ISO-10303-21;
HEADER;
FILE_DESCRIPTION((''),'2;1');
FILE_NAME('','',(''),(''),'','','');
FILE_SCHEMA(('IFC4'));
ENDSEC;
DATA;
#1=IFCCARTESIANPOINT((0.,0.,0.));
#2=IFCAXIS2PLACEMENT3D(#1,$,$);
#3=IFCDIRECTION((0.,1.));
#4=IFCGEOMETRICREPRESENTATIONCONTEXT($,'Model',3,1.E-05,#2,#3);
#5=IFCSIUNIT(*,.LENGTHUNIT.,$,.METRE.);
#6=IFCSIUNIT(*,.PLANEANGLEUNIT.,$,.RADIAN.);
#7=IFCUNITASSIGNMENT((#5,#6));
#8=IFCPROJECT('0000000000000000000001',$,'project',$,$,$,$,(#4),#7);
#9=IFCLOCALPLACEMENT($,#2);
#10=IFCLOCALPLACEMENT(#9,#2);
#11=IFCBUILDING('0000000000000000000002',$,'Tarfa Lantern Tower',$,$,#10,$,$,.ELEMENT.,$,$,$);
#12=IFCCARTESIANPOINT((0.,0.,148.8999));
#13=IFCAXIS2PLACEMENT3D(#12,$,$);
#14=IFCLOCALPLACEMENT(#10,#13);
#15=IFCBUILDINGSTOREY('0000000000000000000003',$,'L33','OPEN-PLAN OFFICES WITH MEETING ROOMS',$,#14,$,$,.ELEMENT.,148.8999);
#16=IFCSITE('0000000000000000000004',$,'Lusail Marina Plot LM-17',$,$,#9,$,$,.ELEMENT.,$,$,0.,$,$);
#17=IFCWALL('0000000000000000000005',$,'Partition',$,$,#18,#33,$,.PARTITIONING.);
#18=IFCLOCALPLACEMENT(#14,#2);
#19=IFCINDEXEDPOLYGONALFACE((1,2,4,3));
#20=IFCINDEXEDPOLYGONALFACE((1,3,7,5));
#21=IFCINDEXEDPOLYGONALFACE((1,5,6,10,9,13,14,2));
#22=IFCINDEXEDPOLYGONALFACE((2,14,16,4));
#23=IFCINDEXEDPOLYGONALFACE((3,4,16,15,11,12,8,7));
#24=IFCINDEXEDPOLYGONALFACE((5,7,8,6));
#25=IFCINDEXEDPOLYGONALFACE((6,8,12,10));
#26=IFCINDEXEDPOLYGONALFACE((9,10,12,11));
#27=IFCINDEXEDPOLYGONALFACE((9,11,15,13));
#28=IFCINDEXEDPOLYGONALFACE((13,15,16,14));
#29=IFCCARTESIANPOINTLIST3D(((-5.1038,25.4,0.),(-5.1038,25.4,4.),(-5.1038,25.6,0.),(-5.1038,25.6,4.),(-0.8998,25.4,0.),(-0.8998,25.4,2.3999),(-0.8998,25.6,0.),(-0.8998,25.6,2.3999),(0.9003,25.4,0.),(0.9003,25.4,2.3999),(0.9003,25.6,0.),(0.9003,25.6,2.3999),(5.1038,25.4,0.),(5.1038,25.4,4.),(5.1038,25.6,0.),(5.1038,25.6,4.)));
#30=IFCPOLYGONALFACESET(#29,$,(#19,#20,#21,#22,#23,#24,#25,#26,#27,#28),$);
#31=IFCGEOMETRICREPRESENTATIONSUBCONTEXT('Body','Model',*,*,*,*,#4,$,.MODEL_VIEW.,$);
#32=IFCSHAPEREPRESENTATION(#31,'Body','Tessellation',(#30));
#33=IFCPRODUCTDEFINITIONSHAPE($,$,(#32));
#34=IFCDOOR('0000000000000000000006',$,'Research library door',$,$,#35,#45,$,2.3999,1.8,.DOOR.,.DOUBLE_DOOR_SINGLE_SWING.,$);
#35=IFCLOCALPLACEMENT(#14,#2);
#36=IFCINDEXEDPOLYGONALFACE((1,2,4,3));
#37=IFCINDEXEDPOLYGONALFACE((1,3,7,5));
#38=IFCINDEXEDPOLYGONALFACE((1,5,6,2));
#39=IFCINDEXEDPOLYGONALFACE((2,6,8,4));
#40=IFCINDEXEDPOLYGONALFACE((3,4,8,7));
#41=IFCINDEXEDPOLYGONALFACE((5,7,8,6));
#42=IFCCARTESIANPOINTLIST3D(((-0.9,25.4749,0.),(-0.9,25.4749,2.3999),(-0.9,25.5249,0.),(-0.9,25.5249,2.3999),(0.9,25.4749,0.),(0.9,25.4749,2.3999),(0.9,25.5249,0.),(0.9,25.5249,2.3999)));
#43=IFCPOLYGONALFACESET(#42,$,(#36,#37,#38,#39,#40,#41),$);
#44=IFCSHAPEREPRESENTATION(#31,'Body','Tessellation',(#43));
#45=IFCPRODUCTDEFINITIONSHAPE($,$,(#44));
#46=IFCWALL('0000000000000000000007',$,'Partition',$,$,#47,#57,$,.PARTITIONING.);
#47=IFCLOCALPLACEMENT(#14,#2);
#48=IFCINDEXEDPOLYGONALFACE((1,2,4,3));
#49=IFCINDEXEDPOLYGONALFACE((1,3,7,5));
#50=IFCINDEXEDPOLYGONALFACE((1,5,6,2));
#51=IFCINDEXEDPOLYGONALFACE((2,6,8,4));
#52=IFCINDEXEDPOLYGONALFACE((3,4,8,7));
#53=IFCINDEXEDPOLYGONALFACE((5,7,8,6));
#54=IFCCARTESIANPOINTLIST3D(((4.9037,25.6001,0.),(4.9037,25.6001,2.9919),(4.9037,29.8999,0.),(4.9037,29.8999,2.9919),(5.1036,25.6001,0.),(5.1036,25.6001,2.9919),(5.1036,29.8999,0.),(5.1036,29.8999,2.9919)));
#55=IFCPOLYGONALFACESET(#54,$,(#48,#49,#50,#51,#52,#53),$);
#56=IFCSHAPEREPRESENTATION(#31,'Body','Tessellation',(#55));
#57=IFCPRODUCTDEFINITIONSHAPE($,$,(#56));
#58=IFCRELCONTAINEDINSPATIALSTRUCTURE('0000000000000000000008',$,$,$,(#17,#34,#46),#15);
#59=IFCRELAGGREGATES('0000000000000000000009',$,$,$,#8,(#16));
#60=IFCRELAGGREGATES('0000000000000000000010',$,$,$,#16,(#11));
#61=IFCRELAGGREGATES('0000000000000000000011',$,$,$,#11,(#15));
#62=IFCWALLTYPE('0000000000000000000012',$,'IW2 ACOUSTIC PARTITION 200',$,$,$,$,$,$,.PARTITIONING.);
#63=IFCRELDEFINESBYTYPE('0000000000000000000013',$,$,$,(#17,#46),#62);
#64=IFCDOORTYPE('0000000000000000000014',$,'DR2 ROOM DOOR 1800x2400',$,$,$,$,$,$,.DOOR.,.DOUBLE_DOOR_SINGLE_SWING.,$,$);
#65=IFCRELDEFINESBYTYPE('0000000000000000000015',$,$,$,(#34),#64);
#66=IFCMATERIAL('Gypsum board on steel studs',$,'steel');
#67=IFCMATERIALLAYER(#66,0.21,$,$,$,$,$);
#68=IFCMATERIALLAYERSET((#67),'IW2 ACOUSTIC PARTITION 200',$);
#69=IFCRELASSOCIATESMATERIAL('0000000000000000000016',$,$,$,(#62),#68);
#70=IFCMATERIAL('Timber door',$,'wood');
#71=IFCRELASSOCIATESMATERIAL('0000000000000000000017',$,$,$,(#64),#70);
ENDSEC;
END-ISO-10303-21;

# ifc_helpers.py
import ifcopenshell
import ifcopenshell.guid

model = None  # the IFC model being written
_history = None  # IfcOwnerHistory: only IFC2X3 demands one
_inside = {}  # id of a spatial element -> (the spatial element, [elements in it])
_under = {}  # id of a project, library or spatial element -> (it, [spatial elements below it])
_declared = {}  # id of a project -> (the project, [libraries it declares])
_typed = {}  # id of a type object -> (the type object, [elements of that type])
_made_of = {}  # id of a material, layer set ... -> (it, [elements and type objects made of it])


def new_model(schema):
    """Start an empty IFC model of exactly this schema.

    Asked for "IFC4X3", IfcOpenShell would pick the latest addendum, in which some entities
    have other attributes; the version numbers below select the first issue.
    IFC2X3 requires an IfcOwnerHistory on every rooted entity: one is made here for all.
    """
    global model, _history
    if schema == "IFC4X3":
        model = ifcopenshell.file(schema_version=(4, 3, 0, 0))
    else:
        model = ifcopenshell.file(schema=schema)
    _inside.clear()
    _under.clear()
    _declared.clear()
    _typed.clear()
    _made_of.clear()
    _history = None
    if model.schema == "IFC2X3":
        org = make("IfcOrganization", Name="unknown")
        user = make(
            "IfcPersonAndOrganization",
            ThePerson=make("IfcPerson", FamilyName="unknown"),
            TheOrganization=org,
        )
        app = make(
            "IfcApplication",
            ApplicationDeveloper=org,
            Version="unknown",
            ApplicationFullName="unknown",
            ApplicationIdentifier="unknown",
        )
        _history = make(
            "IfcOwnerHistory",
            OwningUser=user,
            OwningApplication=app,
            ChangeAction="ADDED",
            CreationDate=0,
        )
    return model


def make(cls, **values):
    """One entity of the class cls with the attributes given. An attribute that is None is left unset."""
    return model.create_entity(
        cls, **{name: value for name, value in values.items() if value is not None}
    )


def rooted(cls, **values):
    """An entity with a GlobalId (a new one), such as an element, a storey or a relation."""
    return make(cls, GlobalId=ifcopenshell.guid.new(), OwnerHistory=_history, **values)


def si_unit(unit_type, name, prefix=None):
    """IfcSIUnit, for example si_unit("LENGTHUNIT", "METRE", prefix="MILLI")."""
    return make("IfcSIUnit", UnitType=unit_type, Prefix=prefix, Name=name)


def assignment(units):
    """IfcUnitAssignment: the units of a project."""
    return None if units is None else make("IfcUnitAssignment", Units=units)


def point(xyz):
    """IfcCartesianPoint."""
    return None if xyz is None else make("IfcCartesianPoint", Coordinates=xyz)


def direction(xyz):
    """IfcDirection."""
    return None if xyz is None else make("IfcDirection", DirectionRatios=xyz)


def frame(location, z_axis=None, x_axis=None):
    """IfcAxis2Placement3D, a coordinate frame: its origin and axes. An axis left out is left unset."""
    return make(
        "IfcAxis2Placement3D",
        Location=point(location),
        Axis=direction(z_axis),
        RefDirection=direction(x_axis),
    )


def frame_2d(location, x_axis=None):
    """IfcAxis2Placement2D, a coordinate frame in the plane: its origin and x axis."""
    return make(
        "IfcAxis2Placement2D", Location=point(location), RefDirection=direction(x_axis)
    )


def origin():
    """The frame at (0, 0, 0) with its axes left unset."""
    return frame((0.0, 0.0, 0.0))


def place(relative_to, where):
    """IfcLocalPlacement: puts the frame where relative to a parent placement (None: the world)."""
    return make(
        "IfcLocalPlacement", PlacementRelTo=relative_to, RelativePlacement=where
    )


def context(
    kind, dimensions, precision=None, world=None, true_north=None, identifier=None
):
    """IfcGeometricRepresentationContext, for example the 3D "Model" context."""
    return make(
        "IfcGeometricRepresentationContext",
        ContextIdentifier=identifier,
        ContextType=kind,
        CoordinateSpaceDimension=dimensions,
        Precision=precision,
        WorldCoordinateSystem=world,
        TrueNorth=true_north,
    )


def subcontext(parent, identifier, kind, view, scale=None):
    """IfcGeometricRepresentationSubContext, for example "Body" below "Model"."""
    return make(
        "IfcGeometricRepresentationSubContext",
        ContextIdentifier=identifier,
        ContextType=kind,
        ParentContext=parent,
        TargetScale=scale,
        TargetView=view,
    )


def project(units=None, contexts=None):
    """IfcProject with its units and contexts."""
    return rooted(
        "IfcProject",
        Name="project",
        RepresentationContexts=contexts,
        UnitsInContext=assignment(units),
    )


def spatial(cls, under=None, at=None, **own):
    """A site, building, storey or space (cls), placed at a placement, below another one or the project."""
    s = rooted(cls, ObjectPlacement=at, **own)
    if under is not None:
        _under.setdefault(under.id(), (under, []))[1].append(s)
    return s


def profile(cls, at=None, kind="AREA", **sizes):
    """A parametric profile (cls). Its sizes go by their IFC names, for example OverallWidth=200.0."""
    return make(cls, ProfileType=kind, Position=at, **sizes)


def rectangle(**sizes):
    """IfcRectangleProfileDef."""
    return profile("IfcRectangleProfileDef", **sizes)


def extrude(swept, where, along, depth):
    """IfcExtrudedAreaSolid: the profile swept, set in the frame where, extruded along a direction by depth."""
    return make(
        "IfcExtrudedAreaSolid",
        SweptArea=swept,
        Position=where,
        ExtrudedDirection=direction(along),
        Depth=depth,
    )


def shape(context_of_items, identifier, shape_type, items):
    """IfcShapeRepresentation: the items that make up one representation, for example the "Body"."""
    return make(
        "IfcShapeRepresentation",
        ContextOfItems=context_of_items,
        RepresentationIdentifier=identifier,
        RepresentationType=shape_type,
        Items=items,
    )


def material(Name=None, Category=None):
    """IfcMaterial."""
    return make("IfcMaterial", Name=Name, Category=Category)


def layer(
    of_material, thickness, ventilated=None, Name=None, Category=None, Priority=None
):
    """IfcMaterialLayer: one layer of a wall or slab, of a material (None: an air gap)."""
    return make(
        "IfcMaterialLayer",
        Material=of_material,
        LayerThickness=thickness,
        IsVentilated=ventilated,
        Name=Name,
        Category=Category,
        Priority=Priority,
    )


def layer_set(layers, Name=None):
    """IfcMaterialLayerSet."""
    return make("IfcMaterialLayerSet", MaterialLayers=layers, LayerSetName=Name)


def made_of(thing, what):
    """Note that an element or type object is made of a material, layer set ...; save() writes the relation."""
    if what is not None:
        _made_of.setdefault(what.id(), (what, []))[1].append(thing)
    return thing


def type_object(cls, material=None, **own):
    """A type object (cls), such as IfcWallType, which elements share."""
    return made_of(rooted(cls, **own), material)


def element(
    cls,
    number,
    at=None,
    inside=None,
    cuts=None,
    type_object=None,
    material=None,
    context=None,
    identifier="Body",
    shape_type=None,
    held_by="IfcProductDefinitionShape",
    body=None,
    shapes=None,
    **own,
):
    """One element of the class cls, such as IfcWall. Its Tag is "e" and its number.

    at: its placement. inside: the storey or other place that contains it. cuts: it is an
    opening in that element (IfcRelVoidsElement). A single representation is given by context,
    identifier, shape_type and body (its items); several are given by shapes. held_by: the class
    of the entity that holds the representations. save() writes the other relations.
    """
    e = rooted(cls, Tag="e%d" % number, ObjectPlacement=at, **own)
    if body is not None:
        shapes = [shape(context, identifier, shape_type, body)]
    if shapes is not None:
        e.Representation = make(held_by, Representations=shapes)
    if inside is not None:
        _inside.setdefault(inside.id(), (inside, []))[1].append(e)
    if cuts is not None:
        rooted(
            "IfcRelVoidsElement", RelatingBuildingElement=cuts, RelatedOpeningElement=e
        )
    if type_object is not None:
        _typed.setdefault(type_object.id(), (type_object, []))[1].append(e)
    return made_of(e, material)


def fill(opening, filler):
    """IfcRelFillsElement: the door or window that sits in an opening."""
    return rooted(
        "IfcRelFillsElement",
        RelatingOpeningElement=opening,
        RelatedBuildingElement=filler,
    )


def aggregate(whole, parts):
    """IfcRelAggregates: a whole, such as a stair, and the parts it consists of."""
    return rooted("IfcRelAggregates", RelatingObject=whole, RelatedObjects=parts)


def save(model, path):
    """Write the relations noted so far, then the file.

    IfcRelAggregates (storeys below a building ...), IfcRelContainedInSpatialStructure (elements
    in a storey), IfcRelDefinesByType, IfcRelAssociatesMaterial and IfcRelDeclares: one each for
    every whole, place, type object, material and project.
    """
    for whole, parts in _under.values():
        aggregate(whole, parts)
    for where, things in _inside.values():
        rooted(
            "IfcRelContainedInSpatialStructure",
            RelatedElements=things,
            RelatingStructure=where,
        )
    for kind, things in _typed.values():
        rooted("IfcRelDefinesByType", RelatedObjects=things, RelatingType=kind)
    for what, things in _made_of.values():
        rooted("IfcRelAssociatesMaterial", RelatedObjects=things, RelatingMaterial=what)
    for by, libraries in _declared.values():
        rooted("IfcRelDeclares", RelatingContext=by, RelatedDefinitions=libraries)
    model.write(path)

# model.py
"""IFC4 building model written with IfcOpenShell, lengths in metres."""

from ifc_helpers import new_model, si_unit, direction, frame, frame_2d, origin, place, context, subcontext, project, spatial, rectangle, extrude, material, layer, layer_set, type_object, element, fill, save


model = new_model("IFC4")

# Units and contexts
model_context = context("Model", 3, precision=1e-05, world=origin(), true_north=direction((0.0, 1.0)))
body_context = subcontext(model_context, "Body", "Model", "MODEL_VIEW")
ifc_project = project(units=[si_unit("LENGTHUNIT", "METRE"), si_unit("PLANEANGLEUNIT", "RADIAN")], contexts=[model_context])

# Site, building, storey
site_placement = place(None, origin())
site = spatial("IfcSite", under=ifc_project, at=site_placement, Name="Lusail Marina Plot LM-17", CompositionType="ELEMENT", RefElevation=0.0)
building_placement = place(site_placement, origin())
building = spatial("IfcBuilding", under=site, at=building_placement, Name="Tarfa Lantern Tower", CompositionType="ELEMENT")
storey_placement = place(building_placement, frame((0.0, 0.0, 148.8999)))
storey = spatial("IfcBuildingStorey", under=building, at=storey_placement, Name="L33", Description="OPEN-PLAN OFFICES WITH MEETING ROOMS", CompositionType="ELEMENT", Elevation=148.8999)

# Shared definitions
ifc_material_1 = material(Name="Gypsum board on steel studs", Category="steel")
ifc_layer_1 = layer(ifc_material_1, 0.21)
ifc_layer_set_1 = layer_set([ifc_layer_1], Name="IW2 ACOUSTIC PARTITION 200")
wall_type_1 = type_object("IfcWallType", Name="IW2 ACOUSTIC PARTITION 200", PredefinedType="PARTITIONING", material=ifc_layer_set_1)

# Wall, opening, door
wall_1_placement = place(storey_placement, frame((5.1038, 25.5, 0.0), z_axis=(0.0, 0.0, 1.0), x_axis=(-1.0, 0.0, 0.0)))
wall_1 = element("IfcWall", 1, at=wall_1_placement, inside=storey, type_object=wall_type_1, Name="Partition", PredefinedType="PARTITIONING", context=body_context, shape_type="SweptSolid", body=[
    extrude(rectangle(XDim=10.2075, YDim=0.2, at=frame_2d((5.1038, 0.0))), origin(), (0.0, 0.0, 1.0), 4.0),
])
opening_1_placement = place(wall_1_placement, frame((4.2036, 0.0, 0.0)))
opening_1 = element("IfcOpeningElement", 2, at=opening_1_placement, cuts=wall_1, PredefinedType="OPENING", context=body_context, shape_type="SweptSolid", body=[
    extrude(rectangle(XDim=1.8, YDim=2.3999, at=frame_2d((0.8999, 1.2))), frame((0.0, 0.1099, 0.0), z_axis=(0.0, -1.0, 0.0), x_axis=(1.0, 0.0, 0.0)), (0.0, 0.0, 1.0), 0.22),
])
ifc_material_2 = material(Name="Timber door", Category="wood")
door_type_1 = type_object("IfcDoorType", Name="DR2 ROOM DOOR 1800x2400", OperationType="DOUBLE_DOOR_SINGLE_SWING", PredefinedType="DOOR", material=ifc_material_2)
door_1_placement = place(opening_1_placement, frame((1.8, 0.0, 0.0), z_axis=(0.0, 0.0, 1.0), x_axis=(-1.0, 0.0, 0.0)))
door_1 = element("IfcDoor", 3, at=door_1_placement, inside=storey, type_object=door_type_1, Name="Research library door", OperationType="DOUBLE_DOOR_SINGLE_SWING", OverallHeight=2.3999, OverallWidth=1.8, PredefinedType="DOOR", context=body_context, shape_type="SweptSolid", body=[
    extrude(rectangle(XDim=1.8, YDim=2.3999, at=frame_2d((0.8999, 1.2))), frame((0.0, 0.0249, 0.0), z_axis=(0.0, -1.0, 0.0), x_axis=(1.0, 0.0, 0.0)), (0.0, 0.0, 1.0), 0.05),
])
fill(opening_1, door_1)

# Wall
wall_2_placement = place(storey_placement, frame((5.0037, 25.6001, 0.0), z_axis=(0.0, 0.0, 1.0), x_axis=(0.0, 1.0, 0.0)))
element("IfcWall", 4, at=wall_2_placement, inside=storey, type_object=wall_type_1, Name="Partition", PredefinedType="PARTITIONING", context=body_context, shape_type="SweptSolid", body=[
    extrude(rectangle(XDim=4.2998, YDim=0.2, at=frame_2d((2.1499, 0.0))), origin(), (0.0, 0.0, 1.0), 2.9919),
])

save(model, "model.ifc")
